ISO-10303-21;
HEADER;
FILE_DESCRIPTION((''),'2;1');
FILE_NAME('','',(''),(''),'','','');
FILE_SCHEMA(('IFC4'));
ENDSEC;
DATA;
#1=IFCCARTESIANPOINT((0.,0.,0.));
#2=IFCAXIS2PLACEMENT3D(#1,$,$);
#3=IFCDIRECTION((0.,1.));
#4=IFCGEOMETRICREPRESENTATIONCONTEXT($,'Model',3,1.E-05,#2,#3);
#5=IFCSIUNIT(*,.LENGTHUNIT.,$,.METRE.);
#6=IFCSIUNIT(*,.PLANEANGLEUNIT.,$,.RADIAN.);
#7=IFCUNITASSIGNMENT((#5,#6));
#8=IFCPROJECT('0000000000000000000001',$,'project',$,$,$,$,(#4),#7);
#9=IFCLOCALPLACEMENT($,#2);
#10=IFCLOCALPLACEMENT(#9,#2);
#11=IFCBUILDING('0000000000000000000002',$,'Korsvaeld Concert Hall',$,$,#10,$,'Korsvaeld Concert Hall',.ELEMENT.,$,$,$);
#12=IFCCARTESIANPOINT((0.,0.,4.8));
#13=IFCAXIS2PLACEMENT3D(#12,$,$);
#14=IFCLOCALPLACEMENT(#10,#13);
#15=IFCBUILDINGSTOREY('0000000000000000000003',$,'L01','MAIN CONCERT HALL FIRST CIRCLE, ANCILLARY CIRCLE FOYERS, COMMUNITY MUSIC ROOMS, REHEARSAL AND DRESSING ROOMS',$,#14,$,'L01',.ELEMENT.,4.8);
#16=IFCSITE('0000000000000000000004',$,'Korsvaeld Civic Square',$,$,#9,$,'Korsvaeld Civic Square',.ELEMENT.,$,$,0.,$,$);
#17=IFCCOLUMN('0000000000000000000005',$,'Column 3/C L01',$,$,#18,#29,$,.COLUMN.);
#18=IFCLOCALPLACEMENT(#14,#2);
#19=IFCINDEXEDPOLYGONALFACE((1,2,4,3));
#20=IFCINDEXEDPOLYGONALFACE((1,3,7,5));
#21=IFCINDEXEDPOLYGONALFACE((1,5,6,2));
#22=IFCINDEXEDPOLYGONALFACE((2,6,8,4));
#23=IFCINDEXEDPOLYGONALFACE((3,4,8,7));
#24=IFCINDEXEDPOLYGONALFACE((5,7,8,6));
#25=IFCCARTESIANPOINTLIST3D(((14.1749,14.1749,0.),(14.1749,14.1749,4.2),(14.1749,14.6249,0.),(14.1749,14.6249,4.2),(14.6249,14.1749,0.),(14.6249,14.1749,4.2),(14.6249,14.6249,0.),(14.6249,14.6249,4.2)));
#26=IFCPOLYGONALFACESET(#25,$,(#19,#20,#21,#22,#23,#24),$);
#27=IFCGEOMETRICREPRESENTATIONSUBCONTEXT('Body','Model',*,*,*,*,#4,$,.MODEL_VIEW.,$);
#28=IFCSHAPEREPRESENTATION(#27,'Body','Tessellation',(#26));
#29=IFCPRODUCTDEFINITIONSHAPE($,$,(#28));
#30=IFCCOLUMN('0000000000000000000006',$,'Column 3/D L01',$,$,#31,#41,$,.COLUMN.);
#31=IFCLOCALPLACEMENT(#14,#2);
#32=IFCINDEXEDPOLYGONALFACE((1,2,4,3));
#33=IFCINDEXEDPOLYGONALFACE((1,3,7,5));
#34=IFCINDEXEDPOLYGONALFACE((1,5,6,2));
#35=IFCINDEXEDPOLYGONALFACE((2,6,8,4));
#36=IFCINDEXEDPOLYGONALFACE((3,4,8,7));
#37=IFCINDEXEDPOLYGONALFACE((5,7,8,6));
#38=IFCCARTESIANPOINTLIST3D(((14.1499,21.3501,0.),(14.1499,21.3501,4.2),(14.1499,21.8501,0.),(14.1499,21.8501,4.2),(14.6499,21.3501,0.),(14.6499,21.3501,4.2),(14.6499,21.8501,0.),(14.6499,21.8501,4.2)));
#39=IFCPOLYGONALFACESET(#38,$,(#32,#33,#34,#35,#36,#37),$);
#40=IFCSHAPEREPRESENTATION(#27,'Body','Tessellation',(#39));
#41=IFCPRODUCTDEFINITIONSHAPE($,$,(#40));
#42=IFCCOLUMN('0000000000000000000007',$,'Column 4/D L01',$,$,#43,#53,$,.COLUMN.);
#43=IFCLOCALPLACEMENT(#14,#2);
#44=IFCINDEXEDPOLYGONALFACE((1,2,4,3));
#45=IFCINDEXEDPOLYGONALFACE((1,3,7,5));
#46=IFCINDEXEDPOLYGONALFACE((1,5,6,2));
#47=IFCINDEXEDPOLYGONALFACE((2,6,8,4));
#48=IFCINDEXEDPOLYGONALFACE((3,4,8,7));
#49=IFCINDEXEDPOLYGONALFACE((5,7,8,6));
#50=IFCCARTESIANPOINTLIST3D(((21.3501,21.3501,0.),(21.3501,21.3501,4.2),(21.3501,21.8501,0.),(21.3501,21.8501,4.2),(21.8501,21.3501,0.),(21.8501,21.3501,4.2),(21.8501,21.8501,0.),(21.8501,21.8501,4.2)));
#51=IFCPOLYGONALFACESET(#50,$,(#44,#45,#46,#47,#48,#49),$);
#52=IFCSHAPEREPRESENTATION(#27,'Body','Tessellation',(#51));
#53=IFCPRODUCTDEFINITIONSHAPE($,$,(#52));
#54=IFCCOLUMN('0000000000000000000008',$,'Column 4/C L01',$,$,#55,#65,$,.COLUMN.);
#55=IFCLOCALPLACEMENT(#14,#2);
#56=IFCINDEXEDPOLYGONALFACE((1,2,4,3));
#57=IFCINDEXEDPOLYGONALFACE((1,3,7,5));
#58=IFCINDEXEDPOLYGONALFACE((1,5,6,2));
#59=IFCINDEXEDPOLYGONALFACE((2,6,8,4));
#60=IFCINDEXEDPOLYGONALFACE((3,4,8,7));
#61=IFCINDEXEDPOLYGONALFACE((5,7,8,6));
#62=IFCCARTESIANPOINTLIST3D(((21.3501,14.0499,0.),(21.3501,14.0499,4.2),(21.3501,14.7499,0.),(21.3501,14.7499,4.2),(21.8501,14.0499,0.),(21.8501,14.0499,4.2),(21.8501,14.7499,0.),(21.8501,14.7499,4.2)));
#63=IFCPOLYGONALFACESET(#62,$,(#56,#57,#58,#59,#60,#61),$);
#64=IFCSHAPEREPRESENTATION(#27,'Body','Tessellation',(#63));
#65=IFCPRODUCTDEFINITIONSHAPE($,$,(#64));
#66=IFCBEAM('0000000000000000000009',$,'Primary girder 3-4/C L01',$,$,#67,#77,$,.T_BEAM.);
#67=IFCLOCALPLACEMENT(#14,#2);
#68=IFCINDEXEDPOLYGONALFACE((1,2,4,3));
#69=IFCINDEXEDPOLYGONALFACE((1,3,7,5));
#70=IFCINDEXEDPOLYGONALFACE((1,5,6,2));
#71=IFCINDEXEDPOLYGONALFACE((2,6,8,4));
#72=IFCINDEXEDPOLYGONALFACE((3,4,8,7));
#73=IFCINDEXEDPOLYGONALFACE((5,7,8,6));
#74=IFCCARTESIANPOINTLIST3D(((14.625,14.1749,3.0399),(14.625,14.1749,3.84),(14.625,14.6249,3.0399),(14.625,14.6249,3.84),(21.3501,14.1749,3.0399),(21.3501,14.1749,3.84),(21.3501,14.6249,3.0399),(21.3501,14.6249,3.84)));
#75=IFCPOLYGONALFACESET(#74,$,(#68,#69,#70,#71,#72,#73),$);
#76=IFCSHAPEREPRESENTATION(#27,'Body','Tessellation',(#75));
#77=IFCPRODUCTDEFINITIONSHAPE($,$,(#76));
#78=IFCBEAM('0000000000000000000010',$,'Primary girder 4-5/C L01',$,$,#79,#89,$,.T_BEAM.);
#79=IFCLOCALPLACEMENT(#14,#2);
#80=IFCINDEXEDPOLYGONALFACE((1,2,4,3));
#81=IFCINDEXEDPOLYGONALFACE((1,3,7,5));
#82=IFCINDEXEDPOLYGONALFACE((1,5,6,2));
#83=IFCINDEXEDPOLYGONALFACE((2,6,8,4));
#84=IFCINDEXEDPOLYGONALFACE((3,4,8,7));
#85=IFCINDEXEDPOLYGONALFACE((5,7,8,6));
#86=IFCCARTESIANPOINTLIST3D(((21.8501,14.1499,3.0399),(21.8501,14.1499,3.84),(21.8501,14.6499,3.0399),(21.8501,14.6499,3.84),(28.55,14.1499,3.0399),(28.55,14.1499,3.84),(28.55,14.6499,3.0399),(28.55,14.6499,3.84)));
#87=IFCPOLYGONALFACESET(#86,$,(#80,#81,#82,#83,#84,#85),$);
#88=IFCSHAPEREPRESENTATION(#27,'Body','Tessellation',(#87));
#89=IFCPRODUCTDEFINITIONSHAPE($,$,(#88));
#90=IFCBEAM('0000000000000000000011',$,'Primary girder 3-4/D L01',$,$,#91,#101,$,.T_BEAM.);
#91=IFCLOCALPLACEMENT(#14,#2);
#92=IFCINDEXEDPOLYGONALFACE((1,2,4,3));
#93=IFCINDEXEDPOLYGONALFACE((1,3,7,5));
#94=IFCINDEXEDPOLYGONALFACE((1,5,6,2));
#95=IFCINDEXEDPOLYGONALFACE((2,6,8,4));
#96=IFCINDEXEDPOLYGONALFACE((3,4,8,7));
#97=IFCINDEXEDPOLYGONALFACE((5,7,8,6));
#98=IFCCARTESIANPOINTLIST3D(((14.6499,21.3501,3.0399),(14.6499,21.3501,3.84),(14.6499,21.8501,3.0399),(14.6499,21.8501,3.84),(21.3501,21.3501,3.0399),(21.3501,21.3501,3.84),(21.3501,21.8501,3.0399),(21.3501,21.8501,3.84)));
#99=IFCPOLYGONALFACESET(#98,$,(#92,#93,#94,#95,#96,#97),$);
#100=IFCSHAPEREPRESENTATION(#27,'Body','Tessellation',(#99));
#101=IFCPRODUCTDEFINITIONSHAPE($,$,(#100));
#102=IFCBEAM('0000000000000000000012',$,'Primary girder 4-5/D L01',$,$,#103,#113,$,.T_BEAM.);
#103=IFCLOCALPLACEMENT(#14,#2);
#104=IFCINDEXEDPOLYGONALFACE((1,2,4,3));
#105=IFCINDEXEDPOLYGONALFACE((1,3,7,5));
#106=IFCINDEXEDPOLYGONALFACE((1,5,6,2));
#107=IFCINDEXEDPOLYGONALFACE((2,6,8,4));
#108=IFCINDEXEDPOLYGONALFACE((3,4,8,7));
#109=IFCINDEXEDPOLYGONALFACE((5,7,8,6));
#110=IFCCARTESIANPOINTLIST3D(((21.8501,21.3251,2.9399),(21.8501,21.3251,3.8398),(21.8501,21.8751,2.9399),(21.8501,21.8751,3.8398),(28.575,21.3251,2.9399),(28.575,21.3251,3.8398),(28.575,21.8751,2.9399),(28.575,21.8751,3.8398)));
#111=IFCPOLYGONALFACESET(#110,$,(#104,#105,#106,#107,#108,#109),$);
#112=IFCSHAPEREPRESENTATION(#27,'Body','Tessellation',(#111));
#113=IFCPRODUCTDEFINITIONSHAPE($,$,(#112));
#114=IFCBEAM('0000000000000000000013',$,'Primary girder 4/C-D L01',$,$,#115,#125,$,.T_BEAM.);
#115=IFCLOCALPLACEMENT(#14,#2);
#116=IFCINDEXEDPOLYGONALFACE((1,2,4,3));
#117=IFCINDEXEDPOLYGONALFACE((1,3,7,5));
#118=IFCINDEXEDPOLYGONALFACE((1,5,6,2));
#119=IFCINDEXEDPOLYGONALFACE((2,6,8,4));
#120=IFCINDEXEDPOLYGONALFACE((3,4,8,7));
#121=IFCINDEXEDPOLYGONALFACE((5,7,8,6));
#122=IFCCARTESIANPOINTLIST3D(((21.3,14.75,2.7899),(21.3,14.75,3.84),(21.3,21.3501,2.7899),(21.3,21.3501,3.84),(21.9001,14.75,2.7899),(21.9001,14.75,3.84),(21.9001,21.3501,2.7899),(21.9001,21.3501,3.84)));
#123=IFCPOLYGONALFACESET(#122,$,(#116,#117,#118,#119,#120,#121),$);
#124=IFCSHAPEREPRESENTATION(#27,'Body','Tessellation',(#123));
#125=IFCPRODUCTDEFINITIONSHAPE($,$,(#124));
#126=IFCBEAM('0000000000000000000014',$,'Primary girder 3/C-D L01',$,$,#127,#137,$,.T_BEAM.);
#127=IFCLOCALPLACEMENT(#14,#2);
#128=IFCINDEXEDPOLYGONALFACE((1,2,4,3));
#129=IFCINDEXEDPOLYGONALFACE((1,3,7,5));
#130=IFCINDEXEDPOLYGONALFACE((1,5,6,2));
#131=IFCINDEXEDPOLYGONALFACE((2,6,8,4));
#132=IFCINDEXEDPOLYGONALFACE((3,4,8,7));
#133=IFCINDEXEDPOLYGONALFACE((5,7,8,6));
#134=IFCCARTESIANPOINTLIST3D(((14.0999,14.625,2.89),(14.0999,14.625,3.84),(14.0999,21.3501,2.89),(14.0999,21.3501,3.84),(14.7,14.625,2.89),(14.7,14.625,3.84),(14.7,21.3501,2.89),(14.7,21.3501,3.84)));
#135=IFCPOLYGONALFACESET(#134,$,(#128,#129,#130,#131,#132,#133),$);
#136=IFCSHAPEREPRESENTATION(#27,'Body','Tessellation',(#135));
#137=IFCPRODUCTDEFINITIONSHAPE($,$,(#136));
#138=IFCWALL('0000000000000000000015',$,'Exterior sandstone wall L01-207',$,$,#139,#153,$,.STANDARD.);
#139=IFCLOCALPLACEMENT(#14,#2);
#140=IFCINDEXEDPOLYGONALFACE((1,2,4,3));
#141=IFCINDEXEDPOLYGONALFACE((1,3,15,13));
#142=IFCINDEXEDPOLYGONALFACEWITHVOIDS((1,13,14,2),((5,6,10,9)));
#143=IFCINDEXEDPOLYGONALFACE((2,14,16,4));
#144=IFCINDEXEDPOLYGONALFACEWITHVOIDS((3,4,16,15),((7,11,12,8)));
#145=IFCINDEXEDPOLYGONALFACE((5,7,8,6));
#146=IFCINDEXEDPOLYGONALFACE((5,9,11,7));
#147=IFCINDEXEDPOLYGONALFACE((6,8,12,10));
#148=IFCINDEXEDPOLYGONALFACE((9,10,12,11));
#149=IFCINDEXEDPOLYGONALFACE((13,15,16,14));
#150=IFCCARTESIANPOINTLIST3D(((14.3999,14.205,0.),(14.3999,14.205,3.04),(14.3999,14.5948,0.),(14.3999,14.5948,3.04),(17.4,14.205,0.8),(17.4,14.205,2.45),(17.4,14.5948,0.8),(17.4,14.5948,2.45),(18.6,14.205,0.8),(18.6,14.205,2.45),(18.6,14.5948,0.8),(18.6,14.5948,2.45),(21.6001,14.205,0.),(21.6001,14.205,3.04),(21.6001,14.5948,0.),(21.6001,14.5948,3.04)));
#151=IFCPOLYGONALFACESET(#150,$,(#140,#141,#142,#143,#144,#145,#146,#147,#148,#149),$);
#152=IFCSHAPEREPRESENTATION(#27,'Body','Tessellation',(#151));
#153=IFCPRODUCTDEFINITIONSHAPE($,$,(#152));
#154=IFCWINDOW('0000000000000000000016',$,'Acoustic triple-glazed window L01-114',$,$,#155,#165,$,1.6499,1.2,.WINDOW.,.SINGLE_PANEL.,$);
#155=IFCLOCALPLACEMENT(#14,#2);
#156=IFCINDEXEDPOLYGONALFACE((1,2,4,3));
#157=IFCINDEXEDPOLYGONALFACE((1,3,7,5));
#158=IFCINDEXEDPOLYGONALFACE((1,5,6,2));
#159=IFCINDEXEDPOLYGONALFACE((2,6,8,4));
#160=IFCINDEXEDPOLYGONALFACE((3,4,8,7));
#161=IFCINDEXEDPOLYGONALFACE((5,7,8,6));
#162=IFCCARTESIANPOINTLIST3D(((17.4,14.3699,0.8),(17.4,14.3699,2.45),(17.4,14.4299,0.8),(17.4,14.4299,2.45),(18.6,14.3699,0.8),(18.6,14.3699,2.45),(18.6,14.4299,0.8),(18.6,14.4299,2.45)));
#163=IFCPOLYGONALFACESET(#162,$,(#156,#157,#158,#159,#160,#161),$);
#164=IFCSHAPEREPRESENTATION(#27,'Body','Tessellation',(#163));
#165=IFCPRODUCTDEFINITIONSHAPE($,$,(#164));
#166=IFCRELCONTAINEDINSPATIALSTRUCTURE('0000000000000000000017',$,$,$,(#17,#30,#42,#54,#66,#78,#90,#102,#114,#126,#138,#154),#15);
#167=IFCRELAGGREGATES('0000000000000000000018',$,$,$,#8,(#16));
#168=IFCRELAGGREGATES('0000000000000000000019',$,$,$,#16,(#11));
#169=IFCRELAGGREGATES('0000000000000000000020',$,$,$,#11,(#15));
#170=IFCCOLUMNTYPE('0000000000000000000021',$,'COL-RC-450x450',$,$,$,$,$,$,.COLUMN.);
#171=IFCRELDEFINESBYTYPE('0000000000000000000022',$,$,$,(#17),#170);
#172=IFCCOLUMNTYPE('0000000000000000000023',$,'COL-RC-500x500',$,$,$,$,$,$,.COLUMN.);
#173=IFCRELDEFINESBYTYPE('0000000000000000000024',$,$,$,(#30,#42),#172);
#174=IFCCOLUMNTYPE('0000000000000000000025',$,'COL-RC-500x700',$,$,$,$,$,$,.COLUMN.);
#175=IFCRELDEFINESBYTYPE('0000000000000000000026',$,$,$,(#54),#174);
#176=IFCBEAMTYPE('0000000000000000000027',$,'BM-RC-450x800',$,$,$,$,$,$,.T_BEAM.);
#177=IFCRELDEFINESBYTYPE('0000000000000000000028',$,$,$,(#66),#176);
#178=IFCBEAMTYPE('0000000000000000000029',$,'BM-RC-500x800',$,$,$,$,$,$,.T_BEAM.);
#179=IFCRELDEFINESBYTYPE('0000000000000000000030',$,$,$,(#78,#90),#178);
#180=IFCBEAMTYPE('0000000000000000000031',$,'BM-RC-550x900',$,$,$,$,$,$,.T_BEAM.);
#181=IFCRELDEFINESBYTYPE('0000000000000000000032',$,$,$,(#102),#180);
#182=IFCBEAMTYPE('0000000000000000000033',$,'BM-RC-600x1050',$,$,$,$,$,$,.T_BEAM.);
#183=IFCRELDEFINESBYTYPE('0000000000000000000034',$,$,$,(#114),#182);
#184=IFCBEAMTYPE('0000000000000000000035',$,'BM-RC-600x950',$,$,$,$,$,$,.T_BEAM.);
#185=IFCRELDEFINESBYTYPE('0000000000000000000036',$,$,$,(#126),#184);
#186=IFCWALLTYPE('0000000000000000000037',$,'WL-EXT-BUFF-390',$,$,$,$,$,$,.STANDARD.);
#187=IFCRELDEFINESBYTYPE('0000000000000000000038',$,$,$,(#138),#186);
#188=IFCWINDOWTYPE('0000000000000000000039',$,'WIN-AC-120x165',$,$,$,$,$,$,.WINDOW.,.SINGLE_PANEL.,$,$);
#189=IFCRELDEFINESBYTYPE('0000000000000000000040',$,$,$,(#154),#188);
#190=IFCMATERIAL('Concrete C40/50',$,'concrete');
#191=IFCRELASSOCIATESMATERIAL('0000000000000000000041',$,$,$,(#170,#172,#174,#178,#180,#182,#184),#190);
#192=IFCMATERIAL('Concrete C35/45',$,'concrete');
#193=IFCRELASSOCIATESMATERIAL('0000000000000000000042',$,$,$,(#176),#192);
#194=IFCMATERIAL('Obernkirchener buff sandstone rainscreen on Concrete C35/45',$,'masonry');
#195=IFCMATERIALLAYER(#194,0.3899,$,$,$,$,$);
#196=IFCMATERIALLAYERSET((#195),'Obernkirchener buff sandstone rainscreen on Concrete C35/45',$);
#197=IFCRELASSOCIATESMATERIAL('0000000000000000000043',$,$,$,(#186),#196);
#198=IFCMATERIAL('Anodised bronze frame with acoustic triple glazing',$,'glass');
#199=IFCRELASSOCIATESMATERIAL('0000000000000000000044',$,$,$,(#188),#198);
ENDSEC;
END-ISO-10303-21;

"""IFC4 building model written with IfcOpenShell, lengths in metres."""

from ifc_helpers import new_model, si_unit, direction, frame, frame_2d, origin, origin_2d, place, context, subcontext, project, spatial, rectangle, extrude, material, layer, layer_set, material_profile, profile_set, type_object, element, fill, save


model = new_model("IFC4")

# Units and contexts
model_context = context("Model", 3, precision=1e-05, world=origin(), true_north=direction((0.0, 1.0)))
body_context = subcontext(model_context, "Body", "Model", "MODEL_VIEW")
ifc_project = project(units=[si_unit("LENGTHUNIT", "METRE"), si_unit("PLANEANGLEUNIT", "RADIAN")], contexts=[model_context])

# Site, building, storey
site_placement = place(None, origin())
site = spatial("IfcSite", under=ifc_project, at=site_placement, Name="Korsvaeld Civic Square", LongName="Korsvaeld Civic Square", CompositionType="ELEMENT", RefElevation=0.0)
building_placement = place(site_placement, origin())
building = spatial("IfcBuilding", under=site, at=building_placement, Name="Korsvaeld Concert Hall", LongName="Korsvaeld Concert Hall", CompositionType="ELEMENT")
storey_placement = place(building_placement, frame((0.0, 0.0, 4.8)))
storey = spatial("IfcBuildingStorey", under=building, at=storey_placement, Name="L01", Description="MAIN CONCERT HALL FIRST CIRCLE, ANCILLARY CIRCLE FOYERS, COMMUNITY MUSIC ROOMS, REHEARSAL AND DRESSING ROOMS", LongName="L01", CompositionType="ELEMENT", Elevation=4.8)

# Columns
ifc_material_1 = material(Name="Concrete C40/50", Category="concrete")
ifc_material_profile_1 = material_profile(ifc_material_1, rectangle(XDim=0.45, YDim=0.45, at=origin_2d()), Name="RC 450x450")
ifc_profile_set_1 = profile_set([ifc_material_profile_1], Name="Concrete C40/50")
column_type_1 = type_object("IfcColumnType", Name="COL-RC-450x450", PredefinedType="COLUMN", material=ifc_profile_set_1)
column_1_placement = place(storey_placement, frame((14.3999, 14.3999, 0.0), z_axis=(0.0, 0.0, 1.0), x_axis=(1.0, 0.0, 0.0)))
element("IfcColumn", 1, at=column_1_placement, inside=storey, type_object=column_type_1, Name="Column 3/C L01", PredefinedType="COLUMN", context=body_context, shape_type="SweptSolid", body=[
    extrude(rectangle(XDim=0.45, YDim=0.45, at=origin_2d()), origin(), (0.0, 0.0, 1.0), 4.2),
])
ifc_material_profile_2 = material_profile(ifc_material_1, rectangle(XDim=0.5, YDim=0.5, at=origin_2d()), Name="RC 500x500")
ifc_profile_set_2 = profile_set([ifc_material_profile_2], Name="Concrete C40/50")
column_type_2 = type_object("IfcColumnType", Name="COL-RC-500x500", PredefinedType="COLUMN", material=ifc_profile_set_2)
for number, where, z_axis, x_axis, name in (
    (2, (14.3999, 21.6001, 0.0), (0.0, 0.0, 1.0), (1.0, 0.0, 0.0), "Column 3/D L01"),
    (3, (21.6001, 21.6001, 0.0), (0.0, 0.0, 1.0), (1.0, 0.0, 0.0), "Column 4/D L01"),
):
    element("IfcColumn", number, at=place(storey_placement, frame(where, z_axis=z_axis, x_axis=x_axis)), inside=storey, type_object=column_type_2, Name=name, PredefinedType="COLUMN", context=body_context, shape_type="SweptSolid", body=[
        extrude(rectangle(XDim=0.5, YDim=0.5, at=origin_2d()), origin(), (0.0, 0.0, 1.0), 4.2),
    ])
ifc_material_profile_3 = material_profile(ifc_material_1, rectangle(XDim=0.5, YDim=0.7, at=origin_2d()), Name="RC 500x700")
ifc_profile_set_3 = profile_set([ifc_material_profile_3], Name="Concrete C40/50")
column_type_3 = type_object("IfcColumnType", Name="COL-RC-500x700", PredefinedType="COLUMN", material=ifc_profile_set_3)
column_2_placement = place(storey_placement, frame((21.6001, 14.3999, 0.0), z_axis=(0.0, 0.0, 1.0), x_axis=(1.0, 0.0, 0.0)))
element("IfcColumn", 4, at=column_2_placement, inside=storey, type_object=column_type_3, Name="Column 4/C L01", PredefinedType="COLUMN", context=body_context, shape_type="SweptSolid", body=[
    extrude(rectangle(XDim=0.5, YDim=0.7, at=origin_2d()), origin(), (0.0, 0.0, 1.0), 4.2),
])

# Beams
ifc_material_2 = material(Name="Concrete C35/45", Category="concrete")
ifc_material_profile_4 = material_profile(ifc_material_2, rectangle(XDim=0.45, YDim=0.8, at=origin_2d()), Name="RC 450x800")
ifc_profile_set_4 = profile_set([ifc_material_profile_4], Name="Concrete C35/45")
beam_type_1 = type_object("IfcBeamType", Name="BM-RC-450x800", PredefinedType="T_BEAM", material=ifc_profile_set_4)
beam_1_placement = place(storey_placement, frame((14.625, 14.3999, 3.4399), z_axis=(1.0, 0.0, 0.0), x_axis=(0.0, 1.0, 0.0)))
element("IfcBeam", 5, at=beam_1_placement, inside=storey, type_object=beam_type_1, Name="Primary girder 3-4/C L01", PredefinedType="T_BEAM", context=body_context, shape_type="SweptSolid", body=[
    extrude(rectangle(XDim=0.45, YDim=0.8, at=origin_2d()), origin(), (0.0, 0.0, 1.0), 6.7251),
])
ifc_material_profile_5 = material_profile(ifc_material_1, rectangle(XDim=0.5, YDim=0.8, at=origin_2d()), Name="RC 500x800")
ifc_profile_set_5 = profile_set([ifc_material_profile_5], Name="Concrete C40/50")
beam_type_2 = type_object("IfcBeamType", Name="BM-RC-500x800", PredefinedType="T_BEAM", material=ifc_profile_set_5)
beam_2_placement = place(storey_placement, frame((21.8501, 14.3999, 3.4399), z_axis=(1.0, 0.0, 0.0), x_axis=(0.0, 1.0, 0.0)))
element("IfcBeam", 6, at=beam_2_placement, inside=storey, type_object=beam_type_2, Name="Primary girder 4-5/C L01", PredefinedType="T_BEAM", context=body_context, shape_type="SweptSolid", body=[
    extrude(rectangle(XDim=0.5, YDim=0.8, at=origin_2d()), origin(), (0.0, 0.0, 1.0), 6.7),
])
beam_3_placement = place(storey_placement, frame((14.6499, 21.6001, 3.4399), z_axis=(1.0, 0.0, 0.0), x_axis=(0.0, 1.0, 0.0)))
element("IfcBeam", 7, at=beam_3_placement, inside=storey, type_object=beam_type_2, Name="Primary girder 3-4/D L01", PredefinedType="T_BEAM", context=body_context, shape_type="SweptSolid", body=[
    extrude(rectangle(XDim=0.5, YDim=0.8, at=origin_2d()), origin(), (0.0, 0.0, 1.0), 6.7002),
])
ifc_material_profile_6 = material_profile(ifc_material_1, rectangle(XDim=0.55, YDim=0.8999, at=origin_2d()), Name="RC 550x900")
ifc_profile_set_6 = profile_set([ifc_material_profile_6], Name="Concrete C40/50")
beam_type_3 = type_object("IfcBeamType", Name="BM-RC-550x900", PredefinedType="T_BEAM", material=ifc_profile_set_6)
beam_4_placement = place(storey_placement, frame((21.8501, 21.6001, 3.3899), z_axis=(1.0, 0.0, 0.0), x_axis=(0.0, 1.0, 0.0)))
element("IfcBeam", 8, at=beam_4_placement, inside=storey, type_object=beam_type_3, Name="Primary girder 4-5/D L01", PredefinedType="T_BEAM", context=body_context, shape_type="SweptSolid", body=[
    extrude(rectangle(XDim=0.55, YDim=0.8999, at=origin_2d()), origin(), (0.0, 0.0, 1.0), 6.7249),
])
ifc_material_profile_7 = material_profile(ifc_material_1, rectangle(XDim=0.6001, YDim=1.05, at=origin_2d()), Name="RC 600x1050")
ifc_profile_set_7 = profile_set([ifc_material_profile_7], Name="Concrete C40/50")
beam_type_4 = type_object("IfcBeamType", Name="BM-RC-600x1050", PredefinedType="T_BEAM", material=ifc_profile_set_7)
beam_5_placement = place(storey_placement, frame((21.6001, 14.75, 3.3149), z_axis=(0.0, 1.0, 0.0), x_axis=(-1.0, 0.0, 0.0)))
element("IfcBeam", 9, at=beam_5_placement, inside=storey, type_object=beam_type_4, Name="Primary girder 4/C-D L01", PredefinedType="T_BEAM", context=body_context, shape_type="SweptSolid", body=[
    extrude(rectangle(XDim=0.6001, YDim=1.05, at=origin_2d()), origin(), (0.0, 0.0, 1.0), 6.6001),
])
ifc_material_profile_8 = material_profile(ifc_material_1, rectangle(XDim=0.6001, YDim=0.95, at=origin_2d()), Name="RC 600x950")
ifc_profile_set_8 = profile_set([ifc_material_profile_8], Name="Concrete C40/50")
beam_type_5 = type_object("IfcBeamType", Name="BM-RC-600x950", PredefinedType="T_BEAM", material=ifc_profile_set_8)
beam_6_placement = place(storey_placement, frame((14.3999, 14.625, 3.365), z_axis=(0.0, 1.0, 0.0), x_axis=(-1.0, 0.0, 0.0)))
element("IfcBeam", 10, at=beam_6_placement, inside=storey, type_object=beam_type_5, Name="Primary girder 3/C-D L01", PredefinedType="T_BEAM", context=body_context, shape_type="SweptSolid", body=[
    extrude(rectangle(XDim=0.6001, YDim=0.95, at=origin_2d()), origin(), (0.0, 0.0, 1.0), 6.7251),
])

# Wall, opening, window
ifc_material_3 = material(Name="Obernkirchener buff sandstone rainscreen on Concrete C35/45", Category="masonry")
ifc_layer_1 = layer(ifc_material_3, 0.3899)
ifc_layer_set_1 = layer_set([ifc_layer_1], Name="Obernkirchener buff sandstone rainscreen on Concrete C35/45")
wall_type_1 = type_object("IfcWallType", Name="WL-EXT-BUFF-390", PredefinedType="STANDARD", material=ifc_layer_set_1)
wall_1_placement = place(storey_placement, frame((21.6001, 14.3999, 0.0), z_axis=(0.0, 0.0, 1.0), x_axis=(-1.0, 0.0, 0.0)))
wall_1 = element("IfcWall", 11, at=wall_1_placement, inside=storey, type_object=wall_type_1, Name="Exterior sandstone wall L01-207", PredefinedType="STANDARD", context=body_context, shape_type="SweptSolid", body=[
    extrude(rectangle(XDim=7.2002, YDim=0.3899, at=frame_2d((3.6001, 0.0))), origin(), (0.0, 0.0, 1.0), 3.04),
])
opening_1_placement = place(wall_1_placement, frame((3.0, 0.0, 0.8)))
opening_1 = element("IfcOpeningElement", 12, at=opening_1_placement, cuts=wall_1, PredefinedType="OPENING", context=body_context, shape_type="SweptSolid", body=[
    extrude(rectangle(XDim=1.2, YDim=1.6499, at=frame_2d((0.6001, 0.825))), frame((0.0, 0.2051, 0.0), z_axis=(0.0, -1.0, 0.0), x_axis=(1.0, 0.0, 0.0)), (0.0, 0.0, 1.0), 0.4099),
])
ifc_material_4 = material(Name="Anodised bronze frame with acoustic triple glazing", Category="glass")
window_type_1 = type_object("IfcWindowType", Name="WIN-AC-120x165", PartitioningType="SINGLE_PANEL", PredefinedType="WINDOW", material=ifc_material_4)
window_1_placement = place(opening_1_placement, origin())
window_1 = element("IfcWindow", 13, at=window_1_placement, inside=storey, type_object=window_type_1, Name="Acoustic triple-glazed window L01-114", OverallHeight=1.6499, OverallWidth=1.2, PartitioningType="SINGLE_PANEL", PredefinedType="WINDOW", context=body_context, shape_type="SweptSolid", body=[
    extrude(rectangle(XDim=1.2, YDim=1.6499, at=frame_2d((0.6001, 0.825))), frame((0.0, 0.03, 0.0), z_axis=(0.0, -1.0, 0.0), x_axis=(1.0, 0.0, 0.0)), (0.0, 0.0, 1.0), 0.0601),
])
fill(opening_1, window_1)

save(model, "model.ifc")
